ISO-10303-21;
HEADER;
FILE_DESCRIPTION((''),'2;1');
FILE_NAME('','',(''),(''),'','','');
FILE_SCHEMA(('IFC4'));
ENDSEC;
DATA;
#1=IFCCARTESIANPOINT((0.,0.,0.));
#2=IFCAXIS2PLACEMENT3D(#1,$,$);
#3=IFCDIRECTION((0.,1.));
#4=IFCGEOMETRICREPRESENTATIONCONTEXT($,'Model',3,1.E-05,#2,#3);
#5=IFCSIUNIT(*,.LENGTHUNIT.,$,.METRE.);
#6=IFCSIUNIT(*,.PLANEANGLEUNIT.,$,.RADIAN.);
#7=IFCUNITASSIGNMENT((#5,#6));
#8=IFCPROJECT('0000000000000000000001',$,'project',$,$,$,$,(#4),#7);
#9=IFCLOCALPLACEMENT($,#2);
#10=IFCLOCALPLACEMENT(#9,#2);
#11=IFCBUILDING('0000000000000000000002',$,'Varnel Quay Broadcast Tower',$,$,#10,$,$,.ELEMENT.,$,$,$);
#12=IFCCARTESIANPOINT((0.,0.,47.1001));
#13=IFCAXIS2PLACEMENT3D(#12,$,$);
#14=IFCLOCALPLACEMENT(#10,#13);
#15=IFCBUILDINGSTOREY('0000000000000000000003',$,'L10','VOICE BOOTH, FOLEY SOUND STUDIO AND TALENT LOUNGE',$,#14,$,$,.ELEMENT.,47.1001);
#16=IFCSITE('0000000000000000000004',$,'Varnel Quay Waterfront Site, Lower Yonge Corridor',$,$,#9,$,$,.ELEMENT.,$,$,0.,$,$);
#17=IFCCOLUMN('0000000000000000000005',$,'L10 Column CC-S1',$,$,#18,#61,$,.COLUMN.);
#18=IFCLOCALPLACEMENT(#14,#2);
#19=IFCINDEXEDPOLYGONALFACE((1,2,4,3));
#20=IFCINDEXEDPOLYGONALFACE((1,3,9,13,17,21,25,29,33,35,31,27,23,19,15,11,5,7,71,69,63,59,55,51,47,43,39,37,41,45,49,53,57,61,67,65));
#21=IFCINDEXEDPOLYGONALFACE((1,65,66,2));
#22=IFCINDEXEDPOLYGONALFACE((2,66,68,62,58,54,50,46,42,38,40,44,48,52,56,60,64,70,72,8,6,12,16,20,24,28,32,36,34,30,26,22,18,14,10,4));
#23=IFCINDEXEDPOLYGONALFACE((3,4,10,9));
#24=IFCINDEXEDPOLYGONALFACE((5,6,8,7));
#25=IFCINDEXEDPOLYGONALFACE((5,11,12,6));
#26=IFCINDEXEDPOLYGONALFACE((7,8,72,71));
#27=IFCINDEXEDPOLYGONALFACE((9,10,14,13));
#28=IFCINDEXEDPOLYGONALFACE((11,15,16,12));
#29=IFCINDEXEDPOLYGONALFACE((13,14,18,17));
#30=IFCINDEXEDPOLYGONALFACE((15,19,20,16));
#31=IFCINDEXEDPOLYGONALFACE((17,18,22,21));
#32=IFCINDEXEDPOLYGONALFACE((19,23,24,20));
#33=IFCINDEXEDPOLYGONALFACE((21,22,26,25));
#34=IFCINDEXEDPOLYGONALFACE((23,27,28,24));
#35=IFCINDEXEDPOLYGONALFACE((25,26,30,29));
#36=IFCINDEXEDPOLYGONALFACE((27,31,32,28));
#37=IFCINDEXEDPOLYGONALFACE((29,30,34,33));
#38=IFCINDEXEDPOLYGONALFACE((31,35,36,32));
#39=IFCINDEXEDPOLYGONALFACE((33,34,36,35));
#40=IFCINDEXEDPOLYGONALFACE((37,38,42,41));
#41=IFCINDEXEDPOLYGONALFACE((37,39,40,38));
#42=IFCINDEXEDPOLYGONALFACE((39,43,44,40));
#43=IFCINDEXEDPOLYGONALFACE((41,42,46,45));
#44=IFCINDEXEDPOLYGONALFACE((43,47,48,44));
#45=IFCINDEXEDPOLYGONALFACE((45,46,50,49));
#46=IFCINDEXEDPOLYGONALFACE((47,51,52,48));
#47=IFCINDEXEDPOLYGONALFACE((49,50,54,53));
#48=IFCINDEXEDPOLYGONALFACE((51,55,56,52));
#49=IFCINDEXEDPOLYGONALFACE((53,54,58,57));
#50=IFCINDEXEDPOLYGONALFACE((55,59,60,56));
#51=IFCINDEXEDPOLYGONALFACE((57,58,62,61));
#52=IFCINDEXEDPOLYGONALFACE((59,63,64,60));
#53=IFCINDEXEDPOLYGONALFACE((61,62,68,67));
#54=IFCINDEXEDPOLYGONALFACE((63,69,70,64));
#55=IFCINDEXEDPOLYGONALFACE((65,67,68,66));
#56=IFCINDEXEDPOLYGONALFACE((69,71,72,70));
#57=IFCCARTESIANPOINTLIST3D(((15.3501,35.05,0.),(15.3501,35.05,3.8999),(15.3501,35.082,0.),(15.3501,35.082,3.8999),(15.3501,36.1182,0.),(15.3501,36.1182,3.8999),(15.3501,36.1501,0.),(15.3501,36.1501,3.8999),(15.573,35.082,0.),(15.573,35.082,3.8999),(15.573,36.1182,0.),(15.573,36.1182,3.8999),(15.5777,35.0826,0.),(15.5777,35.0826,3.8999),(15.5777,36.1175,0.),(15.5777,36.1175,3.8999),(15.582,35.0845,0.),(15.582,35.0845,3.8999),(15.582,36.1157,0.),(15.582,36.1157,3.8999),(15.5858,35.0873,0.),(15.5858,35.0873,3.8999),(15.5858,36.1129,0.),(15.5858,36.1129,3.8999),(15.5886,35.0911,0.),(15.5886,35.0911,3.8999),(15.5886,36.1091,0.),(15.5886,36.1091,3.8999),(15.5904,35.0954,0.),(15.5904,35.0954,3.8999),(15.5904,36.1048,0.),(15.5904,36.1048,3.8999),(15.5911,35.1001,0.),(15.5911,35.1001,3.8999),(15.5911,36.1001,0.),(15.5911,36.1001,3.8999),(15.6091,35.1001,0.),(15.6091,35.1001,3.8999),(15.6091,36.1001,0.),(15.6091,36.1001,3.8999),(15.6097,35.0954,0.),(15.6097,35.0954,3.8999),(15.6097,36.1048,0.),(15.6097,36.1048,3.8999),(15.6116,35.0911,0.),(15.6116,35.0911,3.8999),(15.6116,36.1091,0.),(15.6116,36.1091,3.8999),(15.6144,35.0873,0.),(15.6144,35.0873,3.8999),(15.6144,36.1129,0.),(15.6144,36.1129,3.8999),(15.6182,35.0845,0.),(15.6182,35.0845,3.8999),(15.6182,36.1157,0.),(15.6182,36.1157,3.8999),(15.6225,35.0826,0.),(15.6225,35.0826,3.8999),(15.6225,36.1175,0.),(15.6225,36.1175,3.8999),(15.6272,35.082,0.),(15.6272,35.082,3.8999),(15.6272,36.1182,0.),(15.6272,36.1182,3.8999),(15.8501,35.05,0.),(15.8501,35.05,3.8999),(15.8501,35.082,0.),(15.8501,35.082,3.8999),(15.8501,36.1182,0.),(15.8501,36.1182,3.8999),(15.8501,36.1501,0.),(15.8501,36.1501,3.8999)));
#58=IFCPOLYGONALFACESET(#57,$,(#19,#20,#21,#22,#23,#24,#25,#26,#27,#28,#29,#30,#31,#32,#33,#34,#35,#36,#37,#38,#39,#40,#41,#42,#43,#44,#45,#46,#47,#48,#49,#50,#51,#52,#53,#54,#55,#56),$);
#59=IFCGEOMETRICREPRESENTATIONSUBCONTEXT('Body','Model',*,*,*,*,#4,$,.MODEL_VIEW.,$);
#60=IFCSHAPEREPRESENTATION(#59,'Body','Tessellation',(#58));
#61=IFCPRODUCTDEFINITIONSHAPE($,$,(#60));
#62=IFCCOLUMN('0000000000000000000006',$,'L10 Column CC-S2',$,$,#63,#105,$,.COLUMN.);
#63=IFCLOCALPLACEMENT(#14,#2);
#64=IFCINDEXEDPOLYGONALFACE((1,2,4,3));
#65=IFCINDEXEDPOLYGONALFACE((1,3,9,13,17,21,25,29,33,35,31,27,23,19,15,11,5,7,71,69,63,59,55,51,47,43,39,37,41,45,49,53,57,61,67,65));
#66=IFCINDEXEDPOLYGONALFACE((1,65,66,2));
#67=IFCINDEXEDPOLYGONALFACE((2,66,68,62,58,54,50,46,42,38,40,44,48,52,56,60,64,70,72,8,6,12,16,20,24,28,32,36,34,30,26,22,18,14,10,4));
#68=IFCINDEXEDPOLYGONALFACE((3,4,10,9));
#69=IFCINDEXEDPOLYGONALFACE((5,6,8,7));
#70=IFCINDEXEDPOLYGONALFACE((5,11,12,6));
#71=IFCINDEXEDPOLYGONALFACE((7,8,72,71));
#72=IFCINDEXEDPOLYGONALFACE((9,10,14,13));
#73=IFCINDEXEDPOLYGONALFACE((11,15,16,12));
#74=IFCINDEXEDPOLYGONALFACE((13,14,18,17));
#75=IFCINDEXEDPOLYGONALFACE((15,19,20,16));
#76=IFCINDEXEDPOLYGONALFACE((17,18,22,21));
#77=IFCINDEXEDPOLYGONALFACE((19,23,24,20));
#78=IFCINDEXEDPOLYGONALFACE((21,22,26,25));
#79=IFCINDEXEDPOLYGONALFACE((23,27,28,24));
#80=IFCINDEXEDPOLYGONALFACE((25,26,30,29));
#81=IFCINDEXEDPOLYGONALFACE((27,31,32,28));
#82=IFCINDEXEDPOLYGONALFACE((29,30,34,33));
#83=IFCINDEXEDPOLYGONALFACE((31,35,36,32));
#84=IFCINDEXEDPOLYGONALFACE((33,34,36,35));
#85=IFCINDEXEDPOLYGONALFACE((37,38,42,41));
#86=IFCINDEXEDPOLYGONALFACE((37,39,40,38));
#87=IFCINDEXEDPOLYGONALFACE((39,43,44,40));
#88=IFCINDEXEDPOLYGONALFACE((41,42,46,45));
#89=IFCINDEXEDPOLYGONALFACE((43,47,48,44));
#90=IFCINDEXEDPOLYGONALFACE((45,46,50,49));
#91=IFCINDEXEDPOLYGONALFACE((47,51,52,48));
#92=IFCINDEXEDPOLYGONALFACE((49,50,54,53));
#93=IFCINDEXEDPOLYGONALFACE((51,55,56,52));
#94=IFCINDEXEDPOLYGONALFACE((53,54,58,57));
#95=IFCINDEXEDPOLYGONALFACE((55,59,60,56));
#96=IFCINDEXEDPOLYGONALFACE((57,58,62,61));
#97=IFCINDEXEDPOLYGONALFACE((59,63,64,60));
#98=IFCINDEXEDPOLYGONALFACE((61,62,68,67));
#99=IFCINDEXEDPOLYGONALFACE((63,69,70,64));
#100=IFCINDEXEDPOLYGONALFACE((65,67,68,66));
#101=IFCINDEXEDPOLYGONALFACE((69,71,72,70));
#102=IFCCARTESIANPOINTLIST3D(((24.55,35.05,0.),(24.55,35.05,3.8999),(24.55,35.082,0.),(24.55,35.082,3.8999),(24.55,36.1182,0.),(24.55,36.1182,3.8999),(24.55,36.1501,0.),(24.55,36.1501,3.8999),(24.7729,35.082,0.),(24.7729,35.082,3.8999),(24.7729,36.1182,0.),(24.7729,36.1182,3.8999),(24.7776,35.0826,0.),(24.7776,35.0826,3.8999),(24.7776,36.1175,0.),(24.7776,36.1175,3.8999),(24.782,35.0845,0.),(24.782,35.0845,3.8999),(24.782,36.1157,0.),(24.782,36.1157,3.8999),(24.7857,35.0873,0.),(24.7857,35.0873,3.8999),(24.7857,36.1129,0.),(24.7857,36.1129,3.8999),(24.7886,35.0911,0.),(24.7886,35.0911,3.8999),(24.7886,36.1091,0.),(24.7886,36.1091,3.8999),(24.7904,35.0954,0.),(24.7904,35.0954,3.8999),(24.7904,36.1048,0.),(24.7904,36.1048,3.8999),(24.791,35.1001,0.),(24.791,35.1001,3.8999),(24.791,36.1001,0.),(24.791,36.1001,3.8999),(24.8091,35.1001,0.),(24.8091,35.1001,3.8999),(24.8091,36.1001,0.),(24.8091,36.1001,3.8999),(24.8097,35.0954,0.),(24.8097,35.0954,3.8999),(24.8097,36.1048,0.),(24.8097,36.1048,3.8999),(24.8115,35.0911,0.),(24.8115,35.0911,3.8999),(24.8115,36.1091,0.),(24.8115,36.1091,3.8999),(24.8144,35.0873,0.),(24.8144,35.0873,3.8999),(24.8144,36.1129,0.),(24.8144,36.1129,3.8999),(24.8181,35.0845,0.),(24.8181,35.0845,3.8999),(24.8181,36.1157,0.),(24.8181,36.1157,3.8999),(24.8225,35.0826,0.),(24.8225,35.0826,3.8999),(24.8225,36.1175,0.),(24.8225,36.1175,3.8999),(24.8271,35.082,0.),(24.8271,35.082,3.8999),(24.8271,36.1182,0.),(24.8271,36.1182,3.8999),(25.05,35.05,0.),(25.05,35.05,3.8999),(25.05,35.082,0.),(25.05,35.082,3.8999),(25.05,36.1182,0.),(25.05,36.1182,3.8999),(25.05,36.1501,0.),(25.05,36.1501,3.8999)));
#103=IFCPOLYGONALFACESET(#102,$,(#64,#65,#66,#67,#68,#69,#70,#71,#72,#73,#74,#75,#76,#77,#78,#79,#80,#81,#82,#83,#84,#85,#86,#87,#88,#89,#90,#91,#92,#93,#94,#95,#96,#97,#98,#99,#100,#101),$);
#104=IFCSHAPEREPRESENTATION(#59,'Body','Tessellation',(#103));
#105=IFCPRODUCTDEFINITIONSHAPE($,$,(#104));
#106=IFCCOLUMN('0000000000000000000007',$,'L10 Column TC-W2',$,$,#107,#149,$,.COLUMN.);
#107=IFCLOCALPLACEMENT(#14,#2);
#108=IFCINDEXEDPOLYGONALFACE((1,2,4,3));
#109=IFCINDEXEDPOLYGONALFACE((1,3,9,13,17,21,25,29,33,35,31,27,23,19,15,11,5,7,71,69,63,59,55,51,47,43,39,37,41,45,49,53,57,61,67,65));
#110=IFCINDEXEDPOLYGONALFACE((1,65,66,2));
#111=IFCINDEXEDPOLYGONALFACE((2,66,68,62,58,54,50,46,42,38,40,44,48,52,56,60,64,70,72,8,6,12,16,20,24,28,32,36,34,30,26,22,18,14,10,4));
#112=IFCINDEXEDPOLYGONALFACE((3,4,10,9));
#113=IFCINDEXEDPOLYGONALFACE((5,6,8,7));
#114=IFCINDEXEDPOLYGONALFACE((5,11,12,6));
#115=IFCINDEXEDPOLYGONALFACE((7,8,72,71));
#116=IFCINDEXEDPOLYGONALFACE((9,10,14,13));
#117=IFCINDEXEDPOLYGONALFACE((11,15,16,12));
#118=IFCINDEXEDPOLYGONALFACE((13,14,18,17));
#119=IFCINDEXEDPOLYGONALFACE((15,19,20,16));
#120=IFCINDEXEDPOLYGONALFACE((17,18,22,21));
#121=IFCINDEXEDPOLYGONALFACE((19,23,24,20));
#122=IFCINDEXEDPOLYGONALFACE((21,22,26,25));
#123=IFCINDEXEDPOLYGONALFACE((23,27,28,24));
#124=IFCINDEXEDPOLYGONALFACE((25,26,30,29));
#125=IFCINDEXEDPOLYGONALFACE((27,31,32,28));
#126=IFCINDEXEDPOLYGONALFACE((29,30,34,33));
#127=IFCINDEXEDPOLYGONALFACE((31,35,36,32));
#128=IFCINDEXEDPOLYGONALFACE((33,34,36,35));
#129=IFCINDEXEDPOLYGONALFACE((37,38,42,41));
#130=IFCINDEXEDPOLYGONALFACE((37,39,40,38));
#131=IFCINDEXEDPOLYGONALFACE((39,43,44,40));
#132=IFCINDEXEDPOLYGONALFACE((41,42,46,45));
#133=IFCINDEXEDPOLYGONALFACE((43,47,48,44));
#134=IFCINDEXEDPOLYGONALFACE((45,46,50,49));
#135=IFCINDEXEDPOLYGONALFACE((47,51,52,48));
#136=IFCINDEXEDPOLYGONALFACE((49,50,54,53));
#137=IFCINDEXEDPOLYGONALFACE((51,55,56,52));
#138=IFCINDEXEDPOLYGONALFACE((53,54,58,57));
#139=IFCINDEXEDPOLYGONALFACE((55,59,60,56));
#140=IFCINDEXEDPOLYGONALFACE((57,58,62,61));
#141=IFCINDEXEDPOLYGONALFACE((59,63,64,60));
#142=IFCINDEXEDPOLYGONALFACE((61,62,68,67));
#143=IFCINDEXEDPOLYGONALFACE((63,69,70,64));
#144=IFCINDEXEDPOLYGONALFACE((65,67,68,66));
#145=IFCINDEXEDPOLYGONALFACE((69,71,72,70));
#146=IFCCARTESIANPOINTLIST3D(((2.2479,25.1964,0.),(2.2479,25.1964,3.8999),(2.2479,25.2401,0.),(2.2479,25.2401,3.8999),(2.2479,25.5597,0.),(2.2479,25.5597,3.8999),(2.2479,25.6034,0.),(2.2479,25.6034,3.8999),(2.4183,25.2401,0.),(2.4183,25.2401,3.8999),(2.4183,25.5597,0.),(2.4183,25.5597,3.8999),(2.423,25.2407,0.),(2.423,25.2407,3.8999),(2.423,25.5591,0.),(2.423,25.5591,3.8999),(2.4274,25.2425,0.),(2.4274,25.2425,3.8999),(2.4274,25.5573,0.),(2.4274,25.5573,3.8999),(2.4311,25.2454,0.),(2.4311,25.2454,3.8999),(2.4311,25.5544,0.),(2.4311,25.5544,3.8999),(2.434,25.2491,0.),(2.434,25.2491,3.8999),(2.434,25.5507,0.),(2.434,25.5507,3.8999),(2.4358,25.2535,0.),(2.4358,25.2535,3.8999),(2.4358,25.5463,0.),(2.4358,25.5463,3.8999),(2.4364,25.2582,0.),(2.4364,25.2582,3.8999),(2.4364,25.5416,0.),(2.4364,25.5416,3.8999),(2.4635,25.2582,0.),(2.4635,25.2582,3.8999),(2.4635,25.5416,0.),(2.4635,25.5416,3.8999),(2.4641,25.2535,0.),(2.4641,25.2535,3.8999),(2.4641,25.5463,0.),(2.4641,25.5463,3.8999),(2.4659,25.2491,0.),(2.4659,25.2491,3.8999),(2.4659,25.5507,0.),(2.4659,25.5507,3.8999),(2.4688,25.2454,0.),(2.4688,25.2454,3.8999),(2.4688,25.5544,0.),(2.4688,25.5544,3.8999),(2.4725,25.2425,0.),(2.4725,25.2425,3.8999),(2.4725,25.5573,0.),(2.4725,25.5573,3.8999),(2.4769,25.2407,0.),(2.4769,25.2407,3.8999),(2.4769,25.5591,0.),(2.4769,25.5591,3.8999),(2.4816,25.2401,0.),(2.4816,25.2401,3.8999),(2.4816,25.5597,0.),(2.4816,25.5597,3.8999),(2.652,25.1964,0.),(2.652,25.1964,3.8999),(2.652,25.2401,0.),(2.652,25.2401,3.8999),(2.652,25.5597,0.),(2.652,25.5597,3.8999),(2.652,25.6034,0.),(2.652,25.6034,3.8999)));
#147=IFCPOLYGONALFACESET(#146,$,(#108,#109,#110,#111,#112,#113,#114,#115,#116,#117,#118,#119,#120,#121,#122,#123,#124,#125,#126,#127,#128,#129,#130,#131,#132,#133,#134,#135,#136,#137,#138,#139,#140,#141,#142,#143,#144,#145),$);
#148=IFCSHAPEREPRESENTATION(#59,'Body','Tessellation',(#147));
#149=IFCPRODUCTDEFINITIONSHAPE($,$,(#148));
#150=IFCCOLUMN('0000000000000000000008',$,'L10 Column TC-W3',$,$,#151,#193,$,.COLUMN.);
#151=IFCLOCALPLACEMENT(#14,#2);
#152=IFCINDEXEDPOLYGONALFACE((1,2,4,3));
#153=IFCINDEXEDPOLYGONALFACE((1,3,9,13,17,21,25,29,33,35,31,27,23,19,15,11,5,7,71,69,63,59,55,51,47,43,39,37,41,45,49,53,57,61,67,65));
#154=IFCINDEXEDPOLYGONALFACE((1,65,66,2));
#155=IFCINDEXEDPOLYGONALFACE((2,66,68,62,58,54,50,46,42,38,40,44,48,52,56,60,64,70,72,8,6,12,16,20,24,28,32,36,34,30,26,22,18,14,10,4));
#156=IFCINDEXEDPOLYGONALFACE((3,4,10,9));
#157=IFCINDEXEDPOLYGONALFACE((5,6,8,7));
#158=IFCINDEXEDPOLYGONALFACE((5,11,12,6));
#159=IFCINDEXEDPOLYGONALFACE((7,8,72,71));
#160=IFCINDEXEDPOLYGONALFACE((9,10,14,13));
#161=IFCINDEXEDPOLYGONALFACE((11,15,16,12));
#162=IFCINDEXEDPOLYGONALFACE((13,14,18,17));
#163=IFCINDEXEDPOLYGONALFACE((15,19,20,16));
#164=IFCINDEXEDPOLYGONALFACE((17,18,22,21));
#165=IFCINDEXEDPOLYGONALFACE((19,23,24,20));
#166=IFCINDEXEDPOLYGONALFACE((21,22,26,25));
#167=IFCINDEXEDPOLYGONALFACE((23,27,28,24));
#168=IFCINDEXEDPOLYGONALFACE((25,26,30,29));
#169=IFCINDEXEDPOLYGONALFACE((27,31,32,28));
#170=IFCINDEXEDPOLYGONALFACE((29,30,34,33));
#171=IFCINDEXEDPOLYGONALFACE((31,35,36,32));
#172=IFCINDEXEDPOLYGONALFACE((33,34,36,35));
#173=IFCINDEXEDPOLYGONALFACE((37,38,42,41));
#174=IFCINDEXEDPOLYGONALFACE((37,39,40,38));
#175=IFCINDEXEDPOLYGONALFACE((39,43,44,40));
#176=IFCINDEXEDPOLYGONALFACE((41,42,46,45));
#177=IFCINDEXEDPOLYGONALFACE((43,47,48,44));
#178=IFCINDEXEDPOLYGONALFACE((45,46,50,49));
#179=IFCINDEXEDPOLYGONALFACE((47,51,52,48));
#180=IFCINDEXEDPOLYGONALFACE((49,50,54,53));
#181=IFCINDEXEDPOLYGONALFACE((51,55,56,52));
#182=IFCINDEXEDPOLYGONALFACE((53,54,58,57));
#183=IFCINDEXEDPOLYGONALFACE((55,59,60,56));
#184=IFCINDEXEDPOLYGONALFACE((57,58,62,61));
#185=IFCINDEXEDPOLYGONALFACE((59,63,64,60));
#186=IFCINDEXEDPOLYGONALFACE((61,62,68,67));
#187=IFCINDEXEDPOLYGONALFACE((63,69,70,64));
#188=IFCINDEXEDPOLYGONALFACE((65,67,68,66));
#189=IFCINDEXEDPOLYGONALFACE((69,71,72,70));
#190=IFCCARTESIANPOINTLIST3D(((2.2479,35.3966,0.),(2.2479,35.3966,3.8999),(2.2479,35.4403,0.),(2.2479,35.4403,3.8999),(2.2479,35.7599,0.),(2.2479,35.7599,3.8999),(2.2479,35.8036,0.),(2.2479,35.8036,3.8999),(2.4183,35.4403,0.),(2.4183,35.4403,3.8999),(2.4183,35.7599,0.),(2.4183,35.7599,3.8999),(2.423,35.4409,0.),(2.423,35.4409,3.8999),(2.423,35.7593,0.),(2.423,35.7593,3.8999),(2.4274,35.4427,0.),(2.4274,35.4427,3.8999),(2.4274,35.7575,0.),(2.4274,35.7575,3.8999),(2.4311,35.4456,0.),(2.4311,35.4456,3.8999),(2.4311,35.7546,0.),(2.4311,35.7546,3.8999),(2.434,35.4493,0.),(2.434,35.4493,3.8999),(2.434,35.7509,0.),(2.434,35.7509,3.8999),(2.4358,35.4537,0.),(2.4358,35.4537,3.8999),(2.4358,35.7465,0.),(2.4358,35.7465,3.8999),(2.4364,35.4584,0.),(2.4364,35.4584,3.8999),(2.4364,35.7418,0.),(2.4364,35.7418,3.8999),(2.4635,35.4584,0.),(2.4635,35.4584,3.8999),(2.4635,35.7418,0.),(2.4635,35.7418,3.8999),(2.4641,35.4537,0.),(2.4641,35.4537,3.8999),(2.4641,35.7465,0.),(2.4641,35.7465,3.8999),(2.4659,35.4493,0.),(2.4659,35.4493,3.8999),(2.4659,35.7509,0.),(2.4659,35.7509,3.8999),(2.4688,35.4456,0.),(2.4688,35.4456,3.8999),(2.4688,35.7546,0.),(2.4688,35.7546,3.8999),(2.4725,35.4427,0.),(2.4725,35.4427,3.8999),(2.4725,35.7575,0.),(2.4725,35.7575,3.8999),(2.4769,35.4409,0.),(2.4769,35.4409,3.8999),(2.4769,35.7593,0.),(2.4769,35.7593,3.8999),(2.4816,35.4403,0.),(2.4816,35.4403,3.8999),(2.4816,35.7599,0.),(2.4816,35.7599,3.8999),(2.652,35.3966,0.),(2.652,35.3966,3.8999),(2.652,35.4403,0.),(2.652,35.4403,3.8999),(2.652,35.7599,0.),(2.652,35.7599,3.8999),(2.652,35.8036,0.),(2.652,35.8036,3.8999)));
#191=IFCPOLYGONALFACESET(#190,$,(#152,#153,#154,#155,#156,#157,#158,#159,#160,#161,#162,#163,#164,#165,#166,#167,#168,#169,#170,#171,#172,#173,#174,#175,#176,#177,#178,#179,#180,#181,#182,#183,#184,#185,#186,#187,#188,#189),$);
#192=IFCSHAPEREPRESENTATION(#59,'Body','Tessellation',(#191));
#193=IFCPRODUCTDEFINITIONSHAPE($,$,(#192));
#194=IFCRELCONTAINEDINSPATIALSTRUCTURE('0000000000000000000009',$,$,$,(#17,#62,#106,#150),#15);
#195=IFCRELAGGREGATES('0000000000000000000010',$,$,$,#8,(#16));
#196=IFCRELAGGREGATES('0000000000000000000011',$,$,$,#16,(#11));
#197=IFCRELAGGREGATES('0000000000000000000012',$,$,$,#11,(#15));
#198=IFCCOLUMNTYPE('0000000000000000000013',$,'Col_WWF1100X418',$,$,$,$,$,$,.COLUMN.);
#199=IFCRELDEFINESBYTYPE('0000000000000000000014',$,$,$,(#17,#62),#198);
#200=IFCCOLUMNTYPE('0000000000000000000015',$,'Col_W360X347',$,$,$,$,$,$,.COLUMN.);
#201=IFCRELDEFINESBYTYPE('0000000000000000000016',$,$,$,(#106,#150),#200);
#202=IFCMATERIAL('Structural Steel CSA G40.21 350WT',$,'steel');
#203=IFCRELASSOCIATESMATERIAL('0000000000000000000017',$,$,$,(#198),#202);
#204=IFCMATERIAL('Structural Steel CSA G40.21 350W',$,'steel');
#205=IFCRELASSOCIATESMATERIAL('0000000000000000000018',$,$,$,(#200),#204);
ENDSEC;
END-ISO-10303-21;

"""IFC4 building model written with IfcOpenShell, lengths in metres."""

from ifc_helpers import new_model, si_unit, direction, frame, origin, origin_2d, place, context, subcontext, project, spatial, i_section, extrude, source, transform, mapped, material, material_profile, profile_set, type_object, type_shapes, element, save


model = new_model("IFC4")

# Units and contexts
model_context = context("Model", 3, precision=1e-05, world=origin(), true_north=direction((0.0, 1.0)))
body_context = subcontext(model_context, "Body", "Model", "MODEL_VIEW")
ifc_project = project(units=[si_unit("LENGTHUNIT", "METRE"), si_unit("PLANEANGLEUNIT", "RADIAN")], contexts=[model_context])

# Site, building, storey
site_placement = place(None, origin())
site = spatial("IfcSite", under=ifc_project, at=site_placement, Name="Varnel Quay Waterfront Site, Lower Yonge Corridor", CompositionType="ELEMENT", RefElevation=0.0)
building_placement = place(site_placement, origin())
building = spatial("IfcBuilding", under=site, at=building_placement, Name="Varnel Quay Broadcast Tower", CompositionType="ELEMENT")
storey_placement = place(building_placement, frame((0.0, 0.0, 47.1001)))
storey = spatial("IfcBuildingStorey", under=building, at=storey_placement, Name="L10", Description="VOICE BOOTH, FOLEY SOUND STUDIO AND TALENT LOUNGE", CompositionType="ELEMENT", Elevation=47.1001)

# Columns
ifc_material_1 = material(Name="Structural Steel CSA G40.21 350WT", Category="steel")
ifc_material_profile_1 = material_profile(ifc_material_1, i_section(OverallWidth=0.5, OverallDepth=1.1001, WebThickness=0.0181, FlangeThickness=0.032, FilletRadius=0.0181, at=origin_2d()), Name="WWF1100X418")
ifc_profile_set_1 = profile_set([ifc_material_profile_1], Name="Structural Steel CSA G40.21 350WT")
column_type_1 = type_object("IfcColumnType", Name="Col_WWF1100X418", PredefinedType="COLUMN", material=ifc_profile_set_1)
shared_shape_1 = source(origin(), body_context, "Body", "SweptSolid", [
    extrude(i_section(OverallWidth=0.5, OverallDepth=1.1001, WebThickness=0.0181, FlangeThickness=0.032, FilletRadius=0.0181, at=origin_2d()), origin(), (0.0, 0.0, 1.0), 3.8999),
])
type_shapes(column_type_1, [shared_shape_1])
for number, where, z_axis, x_axis, name in (
    (1, (15.6001, 35.6001, 0.0), (0.0, 0.0, 1.0), (1.0, 0.0, 0.0), "L10 Column CC-S1"),
    (2, (24.8, 35.6001, 0.0), (0.0, 0.0, 1.0), (1.0, 0.0, 0.0), "L10 Column CC-S2"),
):
    element("IfcColumn", number, at=place(storey_placement, frame(where, z_axis=z_axis, x_axis=x_axis)), inside=storey, type_object=column_type_1, Name=name, PredefinedType="COLUMN", context=body_context, shape_type="MappedRepresentation", body=[
        mapped(shared_shape_1, transform((0.0, 0.0, 0.0), x_axis=(1.0, 0.0, 0.0), y_axis=(0.0, 1.0, 0.0), z_axis=(0.0, 0.0, 1.0), scale=1.0)),
    ])
ifc_material_2 = material(Name="Structural Steel CSA G40.21 350W", Category="steel")
ifc_material_profile_2 = material_profile(ifc_material_2, i_section(OverallWidth=0.4041, OverallDepth=0.407, WebThickness=0.0271, FlangeThickness=0.0437, FilletRadius=0.0181, at=origin_2d()), Name="W360X347")
ifc_profile_set_2 = profile_set([ifc_material_profile_2], Name="Structural Steel CSA G40.21 350W")
column_type_2 = type_object("IfcColumnType", Name="Col_W360X347", PredefinedType="COLUMN", material=ifc_profile_set_2)
shared_shape_2 = source(origin(), body_context, "Body", "SweptSolid", [
    extrude(i_section(OverallWidth=0.4041, OverallDepth=0.407, WebThickness=0.0271, FlangeThickness=0.0437, FilletRadius=0.0181, at=origin_2d()), origin(), (0.0, 0.0, 1.0), 3.8999),
])
type_shapes(column_type_2, [shared_shape_2])
for number, where, z_axis, x_axis, name in (
    (3, (2.45, 25.3999, 0.0), (0.0, 0.0, 1.0), (1.0, 0.0, 0.0), "L10 Column TC-W2"),
    (4, (2.45, 35.6001, 0.0), (0.0, 0.0, 1.0), (1.0, 0.0, 0.0), "L10 Column TC-W3"),
):
    element("IfcColumn", number, at=place(storey_placement, frame(where, z_axis=z_axis, x_axis=x_axis)), inside=storey, type_object=column_type_2, Name=name, PredefinedType="COLUMN", context=body_context, shape_type="MappedRepresentation", body=[
        mapped(shared_shape_2, transform((0.0, 0.0, 0.0), x_axis=(1.0, 0.0, 0.0), y_axis=(0.0, 1.0, 0.0), z_axis=(0.0, 0.0, 1.0), scale=1.0)),
    ])

save(model, "model.ifc")
